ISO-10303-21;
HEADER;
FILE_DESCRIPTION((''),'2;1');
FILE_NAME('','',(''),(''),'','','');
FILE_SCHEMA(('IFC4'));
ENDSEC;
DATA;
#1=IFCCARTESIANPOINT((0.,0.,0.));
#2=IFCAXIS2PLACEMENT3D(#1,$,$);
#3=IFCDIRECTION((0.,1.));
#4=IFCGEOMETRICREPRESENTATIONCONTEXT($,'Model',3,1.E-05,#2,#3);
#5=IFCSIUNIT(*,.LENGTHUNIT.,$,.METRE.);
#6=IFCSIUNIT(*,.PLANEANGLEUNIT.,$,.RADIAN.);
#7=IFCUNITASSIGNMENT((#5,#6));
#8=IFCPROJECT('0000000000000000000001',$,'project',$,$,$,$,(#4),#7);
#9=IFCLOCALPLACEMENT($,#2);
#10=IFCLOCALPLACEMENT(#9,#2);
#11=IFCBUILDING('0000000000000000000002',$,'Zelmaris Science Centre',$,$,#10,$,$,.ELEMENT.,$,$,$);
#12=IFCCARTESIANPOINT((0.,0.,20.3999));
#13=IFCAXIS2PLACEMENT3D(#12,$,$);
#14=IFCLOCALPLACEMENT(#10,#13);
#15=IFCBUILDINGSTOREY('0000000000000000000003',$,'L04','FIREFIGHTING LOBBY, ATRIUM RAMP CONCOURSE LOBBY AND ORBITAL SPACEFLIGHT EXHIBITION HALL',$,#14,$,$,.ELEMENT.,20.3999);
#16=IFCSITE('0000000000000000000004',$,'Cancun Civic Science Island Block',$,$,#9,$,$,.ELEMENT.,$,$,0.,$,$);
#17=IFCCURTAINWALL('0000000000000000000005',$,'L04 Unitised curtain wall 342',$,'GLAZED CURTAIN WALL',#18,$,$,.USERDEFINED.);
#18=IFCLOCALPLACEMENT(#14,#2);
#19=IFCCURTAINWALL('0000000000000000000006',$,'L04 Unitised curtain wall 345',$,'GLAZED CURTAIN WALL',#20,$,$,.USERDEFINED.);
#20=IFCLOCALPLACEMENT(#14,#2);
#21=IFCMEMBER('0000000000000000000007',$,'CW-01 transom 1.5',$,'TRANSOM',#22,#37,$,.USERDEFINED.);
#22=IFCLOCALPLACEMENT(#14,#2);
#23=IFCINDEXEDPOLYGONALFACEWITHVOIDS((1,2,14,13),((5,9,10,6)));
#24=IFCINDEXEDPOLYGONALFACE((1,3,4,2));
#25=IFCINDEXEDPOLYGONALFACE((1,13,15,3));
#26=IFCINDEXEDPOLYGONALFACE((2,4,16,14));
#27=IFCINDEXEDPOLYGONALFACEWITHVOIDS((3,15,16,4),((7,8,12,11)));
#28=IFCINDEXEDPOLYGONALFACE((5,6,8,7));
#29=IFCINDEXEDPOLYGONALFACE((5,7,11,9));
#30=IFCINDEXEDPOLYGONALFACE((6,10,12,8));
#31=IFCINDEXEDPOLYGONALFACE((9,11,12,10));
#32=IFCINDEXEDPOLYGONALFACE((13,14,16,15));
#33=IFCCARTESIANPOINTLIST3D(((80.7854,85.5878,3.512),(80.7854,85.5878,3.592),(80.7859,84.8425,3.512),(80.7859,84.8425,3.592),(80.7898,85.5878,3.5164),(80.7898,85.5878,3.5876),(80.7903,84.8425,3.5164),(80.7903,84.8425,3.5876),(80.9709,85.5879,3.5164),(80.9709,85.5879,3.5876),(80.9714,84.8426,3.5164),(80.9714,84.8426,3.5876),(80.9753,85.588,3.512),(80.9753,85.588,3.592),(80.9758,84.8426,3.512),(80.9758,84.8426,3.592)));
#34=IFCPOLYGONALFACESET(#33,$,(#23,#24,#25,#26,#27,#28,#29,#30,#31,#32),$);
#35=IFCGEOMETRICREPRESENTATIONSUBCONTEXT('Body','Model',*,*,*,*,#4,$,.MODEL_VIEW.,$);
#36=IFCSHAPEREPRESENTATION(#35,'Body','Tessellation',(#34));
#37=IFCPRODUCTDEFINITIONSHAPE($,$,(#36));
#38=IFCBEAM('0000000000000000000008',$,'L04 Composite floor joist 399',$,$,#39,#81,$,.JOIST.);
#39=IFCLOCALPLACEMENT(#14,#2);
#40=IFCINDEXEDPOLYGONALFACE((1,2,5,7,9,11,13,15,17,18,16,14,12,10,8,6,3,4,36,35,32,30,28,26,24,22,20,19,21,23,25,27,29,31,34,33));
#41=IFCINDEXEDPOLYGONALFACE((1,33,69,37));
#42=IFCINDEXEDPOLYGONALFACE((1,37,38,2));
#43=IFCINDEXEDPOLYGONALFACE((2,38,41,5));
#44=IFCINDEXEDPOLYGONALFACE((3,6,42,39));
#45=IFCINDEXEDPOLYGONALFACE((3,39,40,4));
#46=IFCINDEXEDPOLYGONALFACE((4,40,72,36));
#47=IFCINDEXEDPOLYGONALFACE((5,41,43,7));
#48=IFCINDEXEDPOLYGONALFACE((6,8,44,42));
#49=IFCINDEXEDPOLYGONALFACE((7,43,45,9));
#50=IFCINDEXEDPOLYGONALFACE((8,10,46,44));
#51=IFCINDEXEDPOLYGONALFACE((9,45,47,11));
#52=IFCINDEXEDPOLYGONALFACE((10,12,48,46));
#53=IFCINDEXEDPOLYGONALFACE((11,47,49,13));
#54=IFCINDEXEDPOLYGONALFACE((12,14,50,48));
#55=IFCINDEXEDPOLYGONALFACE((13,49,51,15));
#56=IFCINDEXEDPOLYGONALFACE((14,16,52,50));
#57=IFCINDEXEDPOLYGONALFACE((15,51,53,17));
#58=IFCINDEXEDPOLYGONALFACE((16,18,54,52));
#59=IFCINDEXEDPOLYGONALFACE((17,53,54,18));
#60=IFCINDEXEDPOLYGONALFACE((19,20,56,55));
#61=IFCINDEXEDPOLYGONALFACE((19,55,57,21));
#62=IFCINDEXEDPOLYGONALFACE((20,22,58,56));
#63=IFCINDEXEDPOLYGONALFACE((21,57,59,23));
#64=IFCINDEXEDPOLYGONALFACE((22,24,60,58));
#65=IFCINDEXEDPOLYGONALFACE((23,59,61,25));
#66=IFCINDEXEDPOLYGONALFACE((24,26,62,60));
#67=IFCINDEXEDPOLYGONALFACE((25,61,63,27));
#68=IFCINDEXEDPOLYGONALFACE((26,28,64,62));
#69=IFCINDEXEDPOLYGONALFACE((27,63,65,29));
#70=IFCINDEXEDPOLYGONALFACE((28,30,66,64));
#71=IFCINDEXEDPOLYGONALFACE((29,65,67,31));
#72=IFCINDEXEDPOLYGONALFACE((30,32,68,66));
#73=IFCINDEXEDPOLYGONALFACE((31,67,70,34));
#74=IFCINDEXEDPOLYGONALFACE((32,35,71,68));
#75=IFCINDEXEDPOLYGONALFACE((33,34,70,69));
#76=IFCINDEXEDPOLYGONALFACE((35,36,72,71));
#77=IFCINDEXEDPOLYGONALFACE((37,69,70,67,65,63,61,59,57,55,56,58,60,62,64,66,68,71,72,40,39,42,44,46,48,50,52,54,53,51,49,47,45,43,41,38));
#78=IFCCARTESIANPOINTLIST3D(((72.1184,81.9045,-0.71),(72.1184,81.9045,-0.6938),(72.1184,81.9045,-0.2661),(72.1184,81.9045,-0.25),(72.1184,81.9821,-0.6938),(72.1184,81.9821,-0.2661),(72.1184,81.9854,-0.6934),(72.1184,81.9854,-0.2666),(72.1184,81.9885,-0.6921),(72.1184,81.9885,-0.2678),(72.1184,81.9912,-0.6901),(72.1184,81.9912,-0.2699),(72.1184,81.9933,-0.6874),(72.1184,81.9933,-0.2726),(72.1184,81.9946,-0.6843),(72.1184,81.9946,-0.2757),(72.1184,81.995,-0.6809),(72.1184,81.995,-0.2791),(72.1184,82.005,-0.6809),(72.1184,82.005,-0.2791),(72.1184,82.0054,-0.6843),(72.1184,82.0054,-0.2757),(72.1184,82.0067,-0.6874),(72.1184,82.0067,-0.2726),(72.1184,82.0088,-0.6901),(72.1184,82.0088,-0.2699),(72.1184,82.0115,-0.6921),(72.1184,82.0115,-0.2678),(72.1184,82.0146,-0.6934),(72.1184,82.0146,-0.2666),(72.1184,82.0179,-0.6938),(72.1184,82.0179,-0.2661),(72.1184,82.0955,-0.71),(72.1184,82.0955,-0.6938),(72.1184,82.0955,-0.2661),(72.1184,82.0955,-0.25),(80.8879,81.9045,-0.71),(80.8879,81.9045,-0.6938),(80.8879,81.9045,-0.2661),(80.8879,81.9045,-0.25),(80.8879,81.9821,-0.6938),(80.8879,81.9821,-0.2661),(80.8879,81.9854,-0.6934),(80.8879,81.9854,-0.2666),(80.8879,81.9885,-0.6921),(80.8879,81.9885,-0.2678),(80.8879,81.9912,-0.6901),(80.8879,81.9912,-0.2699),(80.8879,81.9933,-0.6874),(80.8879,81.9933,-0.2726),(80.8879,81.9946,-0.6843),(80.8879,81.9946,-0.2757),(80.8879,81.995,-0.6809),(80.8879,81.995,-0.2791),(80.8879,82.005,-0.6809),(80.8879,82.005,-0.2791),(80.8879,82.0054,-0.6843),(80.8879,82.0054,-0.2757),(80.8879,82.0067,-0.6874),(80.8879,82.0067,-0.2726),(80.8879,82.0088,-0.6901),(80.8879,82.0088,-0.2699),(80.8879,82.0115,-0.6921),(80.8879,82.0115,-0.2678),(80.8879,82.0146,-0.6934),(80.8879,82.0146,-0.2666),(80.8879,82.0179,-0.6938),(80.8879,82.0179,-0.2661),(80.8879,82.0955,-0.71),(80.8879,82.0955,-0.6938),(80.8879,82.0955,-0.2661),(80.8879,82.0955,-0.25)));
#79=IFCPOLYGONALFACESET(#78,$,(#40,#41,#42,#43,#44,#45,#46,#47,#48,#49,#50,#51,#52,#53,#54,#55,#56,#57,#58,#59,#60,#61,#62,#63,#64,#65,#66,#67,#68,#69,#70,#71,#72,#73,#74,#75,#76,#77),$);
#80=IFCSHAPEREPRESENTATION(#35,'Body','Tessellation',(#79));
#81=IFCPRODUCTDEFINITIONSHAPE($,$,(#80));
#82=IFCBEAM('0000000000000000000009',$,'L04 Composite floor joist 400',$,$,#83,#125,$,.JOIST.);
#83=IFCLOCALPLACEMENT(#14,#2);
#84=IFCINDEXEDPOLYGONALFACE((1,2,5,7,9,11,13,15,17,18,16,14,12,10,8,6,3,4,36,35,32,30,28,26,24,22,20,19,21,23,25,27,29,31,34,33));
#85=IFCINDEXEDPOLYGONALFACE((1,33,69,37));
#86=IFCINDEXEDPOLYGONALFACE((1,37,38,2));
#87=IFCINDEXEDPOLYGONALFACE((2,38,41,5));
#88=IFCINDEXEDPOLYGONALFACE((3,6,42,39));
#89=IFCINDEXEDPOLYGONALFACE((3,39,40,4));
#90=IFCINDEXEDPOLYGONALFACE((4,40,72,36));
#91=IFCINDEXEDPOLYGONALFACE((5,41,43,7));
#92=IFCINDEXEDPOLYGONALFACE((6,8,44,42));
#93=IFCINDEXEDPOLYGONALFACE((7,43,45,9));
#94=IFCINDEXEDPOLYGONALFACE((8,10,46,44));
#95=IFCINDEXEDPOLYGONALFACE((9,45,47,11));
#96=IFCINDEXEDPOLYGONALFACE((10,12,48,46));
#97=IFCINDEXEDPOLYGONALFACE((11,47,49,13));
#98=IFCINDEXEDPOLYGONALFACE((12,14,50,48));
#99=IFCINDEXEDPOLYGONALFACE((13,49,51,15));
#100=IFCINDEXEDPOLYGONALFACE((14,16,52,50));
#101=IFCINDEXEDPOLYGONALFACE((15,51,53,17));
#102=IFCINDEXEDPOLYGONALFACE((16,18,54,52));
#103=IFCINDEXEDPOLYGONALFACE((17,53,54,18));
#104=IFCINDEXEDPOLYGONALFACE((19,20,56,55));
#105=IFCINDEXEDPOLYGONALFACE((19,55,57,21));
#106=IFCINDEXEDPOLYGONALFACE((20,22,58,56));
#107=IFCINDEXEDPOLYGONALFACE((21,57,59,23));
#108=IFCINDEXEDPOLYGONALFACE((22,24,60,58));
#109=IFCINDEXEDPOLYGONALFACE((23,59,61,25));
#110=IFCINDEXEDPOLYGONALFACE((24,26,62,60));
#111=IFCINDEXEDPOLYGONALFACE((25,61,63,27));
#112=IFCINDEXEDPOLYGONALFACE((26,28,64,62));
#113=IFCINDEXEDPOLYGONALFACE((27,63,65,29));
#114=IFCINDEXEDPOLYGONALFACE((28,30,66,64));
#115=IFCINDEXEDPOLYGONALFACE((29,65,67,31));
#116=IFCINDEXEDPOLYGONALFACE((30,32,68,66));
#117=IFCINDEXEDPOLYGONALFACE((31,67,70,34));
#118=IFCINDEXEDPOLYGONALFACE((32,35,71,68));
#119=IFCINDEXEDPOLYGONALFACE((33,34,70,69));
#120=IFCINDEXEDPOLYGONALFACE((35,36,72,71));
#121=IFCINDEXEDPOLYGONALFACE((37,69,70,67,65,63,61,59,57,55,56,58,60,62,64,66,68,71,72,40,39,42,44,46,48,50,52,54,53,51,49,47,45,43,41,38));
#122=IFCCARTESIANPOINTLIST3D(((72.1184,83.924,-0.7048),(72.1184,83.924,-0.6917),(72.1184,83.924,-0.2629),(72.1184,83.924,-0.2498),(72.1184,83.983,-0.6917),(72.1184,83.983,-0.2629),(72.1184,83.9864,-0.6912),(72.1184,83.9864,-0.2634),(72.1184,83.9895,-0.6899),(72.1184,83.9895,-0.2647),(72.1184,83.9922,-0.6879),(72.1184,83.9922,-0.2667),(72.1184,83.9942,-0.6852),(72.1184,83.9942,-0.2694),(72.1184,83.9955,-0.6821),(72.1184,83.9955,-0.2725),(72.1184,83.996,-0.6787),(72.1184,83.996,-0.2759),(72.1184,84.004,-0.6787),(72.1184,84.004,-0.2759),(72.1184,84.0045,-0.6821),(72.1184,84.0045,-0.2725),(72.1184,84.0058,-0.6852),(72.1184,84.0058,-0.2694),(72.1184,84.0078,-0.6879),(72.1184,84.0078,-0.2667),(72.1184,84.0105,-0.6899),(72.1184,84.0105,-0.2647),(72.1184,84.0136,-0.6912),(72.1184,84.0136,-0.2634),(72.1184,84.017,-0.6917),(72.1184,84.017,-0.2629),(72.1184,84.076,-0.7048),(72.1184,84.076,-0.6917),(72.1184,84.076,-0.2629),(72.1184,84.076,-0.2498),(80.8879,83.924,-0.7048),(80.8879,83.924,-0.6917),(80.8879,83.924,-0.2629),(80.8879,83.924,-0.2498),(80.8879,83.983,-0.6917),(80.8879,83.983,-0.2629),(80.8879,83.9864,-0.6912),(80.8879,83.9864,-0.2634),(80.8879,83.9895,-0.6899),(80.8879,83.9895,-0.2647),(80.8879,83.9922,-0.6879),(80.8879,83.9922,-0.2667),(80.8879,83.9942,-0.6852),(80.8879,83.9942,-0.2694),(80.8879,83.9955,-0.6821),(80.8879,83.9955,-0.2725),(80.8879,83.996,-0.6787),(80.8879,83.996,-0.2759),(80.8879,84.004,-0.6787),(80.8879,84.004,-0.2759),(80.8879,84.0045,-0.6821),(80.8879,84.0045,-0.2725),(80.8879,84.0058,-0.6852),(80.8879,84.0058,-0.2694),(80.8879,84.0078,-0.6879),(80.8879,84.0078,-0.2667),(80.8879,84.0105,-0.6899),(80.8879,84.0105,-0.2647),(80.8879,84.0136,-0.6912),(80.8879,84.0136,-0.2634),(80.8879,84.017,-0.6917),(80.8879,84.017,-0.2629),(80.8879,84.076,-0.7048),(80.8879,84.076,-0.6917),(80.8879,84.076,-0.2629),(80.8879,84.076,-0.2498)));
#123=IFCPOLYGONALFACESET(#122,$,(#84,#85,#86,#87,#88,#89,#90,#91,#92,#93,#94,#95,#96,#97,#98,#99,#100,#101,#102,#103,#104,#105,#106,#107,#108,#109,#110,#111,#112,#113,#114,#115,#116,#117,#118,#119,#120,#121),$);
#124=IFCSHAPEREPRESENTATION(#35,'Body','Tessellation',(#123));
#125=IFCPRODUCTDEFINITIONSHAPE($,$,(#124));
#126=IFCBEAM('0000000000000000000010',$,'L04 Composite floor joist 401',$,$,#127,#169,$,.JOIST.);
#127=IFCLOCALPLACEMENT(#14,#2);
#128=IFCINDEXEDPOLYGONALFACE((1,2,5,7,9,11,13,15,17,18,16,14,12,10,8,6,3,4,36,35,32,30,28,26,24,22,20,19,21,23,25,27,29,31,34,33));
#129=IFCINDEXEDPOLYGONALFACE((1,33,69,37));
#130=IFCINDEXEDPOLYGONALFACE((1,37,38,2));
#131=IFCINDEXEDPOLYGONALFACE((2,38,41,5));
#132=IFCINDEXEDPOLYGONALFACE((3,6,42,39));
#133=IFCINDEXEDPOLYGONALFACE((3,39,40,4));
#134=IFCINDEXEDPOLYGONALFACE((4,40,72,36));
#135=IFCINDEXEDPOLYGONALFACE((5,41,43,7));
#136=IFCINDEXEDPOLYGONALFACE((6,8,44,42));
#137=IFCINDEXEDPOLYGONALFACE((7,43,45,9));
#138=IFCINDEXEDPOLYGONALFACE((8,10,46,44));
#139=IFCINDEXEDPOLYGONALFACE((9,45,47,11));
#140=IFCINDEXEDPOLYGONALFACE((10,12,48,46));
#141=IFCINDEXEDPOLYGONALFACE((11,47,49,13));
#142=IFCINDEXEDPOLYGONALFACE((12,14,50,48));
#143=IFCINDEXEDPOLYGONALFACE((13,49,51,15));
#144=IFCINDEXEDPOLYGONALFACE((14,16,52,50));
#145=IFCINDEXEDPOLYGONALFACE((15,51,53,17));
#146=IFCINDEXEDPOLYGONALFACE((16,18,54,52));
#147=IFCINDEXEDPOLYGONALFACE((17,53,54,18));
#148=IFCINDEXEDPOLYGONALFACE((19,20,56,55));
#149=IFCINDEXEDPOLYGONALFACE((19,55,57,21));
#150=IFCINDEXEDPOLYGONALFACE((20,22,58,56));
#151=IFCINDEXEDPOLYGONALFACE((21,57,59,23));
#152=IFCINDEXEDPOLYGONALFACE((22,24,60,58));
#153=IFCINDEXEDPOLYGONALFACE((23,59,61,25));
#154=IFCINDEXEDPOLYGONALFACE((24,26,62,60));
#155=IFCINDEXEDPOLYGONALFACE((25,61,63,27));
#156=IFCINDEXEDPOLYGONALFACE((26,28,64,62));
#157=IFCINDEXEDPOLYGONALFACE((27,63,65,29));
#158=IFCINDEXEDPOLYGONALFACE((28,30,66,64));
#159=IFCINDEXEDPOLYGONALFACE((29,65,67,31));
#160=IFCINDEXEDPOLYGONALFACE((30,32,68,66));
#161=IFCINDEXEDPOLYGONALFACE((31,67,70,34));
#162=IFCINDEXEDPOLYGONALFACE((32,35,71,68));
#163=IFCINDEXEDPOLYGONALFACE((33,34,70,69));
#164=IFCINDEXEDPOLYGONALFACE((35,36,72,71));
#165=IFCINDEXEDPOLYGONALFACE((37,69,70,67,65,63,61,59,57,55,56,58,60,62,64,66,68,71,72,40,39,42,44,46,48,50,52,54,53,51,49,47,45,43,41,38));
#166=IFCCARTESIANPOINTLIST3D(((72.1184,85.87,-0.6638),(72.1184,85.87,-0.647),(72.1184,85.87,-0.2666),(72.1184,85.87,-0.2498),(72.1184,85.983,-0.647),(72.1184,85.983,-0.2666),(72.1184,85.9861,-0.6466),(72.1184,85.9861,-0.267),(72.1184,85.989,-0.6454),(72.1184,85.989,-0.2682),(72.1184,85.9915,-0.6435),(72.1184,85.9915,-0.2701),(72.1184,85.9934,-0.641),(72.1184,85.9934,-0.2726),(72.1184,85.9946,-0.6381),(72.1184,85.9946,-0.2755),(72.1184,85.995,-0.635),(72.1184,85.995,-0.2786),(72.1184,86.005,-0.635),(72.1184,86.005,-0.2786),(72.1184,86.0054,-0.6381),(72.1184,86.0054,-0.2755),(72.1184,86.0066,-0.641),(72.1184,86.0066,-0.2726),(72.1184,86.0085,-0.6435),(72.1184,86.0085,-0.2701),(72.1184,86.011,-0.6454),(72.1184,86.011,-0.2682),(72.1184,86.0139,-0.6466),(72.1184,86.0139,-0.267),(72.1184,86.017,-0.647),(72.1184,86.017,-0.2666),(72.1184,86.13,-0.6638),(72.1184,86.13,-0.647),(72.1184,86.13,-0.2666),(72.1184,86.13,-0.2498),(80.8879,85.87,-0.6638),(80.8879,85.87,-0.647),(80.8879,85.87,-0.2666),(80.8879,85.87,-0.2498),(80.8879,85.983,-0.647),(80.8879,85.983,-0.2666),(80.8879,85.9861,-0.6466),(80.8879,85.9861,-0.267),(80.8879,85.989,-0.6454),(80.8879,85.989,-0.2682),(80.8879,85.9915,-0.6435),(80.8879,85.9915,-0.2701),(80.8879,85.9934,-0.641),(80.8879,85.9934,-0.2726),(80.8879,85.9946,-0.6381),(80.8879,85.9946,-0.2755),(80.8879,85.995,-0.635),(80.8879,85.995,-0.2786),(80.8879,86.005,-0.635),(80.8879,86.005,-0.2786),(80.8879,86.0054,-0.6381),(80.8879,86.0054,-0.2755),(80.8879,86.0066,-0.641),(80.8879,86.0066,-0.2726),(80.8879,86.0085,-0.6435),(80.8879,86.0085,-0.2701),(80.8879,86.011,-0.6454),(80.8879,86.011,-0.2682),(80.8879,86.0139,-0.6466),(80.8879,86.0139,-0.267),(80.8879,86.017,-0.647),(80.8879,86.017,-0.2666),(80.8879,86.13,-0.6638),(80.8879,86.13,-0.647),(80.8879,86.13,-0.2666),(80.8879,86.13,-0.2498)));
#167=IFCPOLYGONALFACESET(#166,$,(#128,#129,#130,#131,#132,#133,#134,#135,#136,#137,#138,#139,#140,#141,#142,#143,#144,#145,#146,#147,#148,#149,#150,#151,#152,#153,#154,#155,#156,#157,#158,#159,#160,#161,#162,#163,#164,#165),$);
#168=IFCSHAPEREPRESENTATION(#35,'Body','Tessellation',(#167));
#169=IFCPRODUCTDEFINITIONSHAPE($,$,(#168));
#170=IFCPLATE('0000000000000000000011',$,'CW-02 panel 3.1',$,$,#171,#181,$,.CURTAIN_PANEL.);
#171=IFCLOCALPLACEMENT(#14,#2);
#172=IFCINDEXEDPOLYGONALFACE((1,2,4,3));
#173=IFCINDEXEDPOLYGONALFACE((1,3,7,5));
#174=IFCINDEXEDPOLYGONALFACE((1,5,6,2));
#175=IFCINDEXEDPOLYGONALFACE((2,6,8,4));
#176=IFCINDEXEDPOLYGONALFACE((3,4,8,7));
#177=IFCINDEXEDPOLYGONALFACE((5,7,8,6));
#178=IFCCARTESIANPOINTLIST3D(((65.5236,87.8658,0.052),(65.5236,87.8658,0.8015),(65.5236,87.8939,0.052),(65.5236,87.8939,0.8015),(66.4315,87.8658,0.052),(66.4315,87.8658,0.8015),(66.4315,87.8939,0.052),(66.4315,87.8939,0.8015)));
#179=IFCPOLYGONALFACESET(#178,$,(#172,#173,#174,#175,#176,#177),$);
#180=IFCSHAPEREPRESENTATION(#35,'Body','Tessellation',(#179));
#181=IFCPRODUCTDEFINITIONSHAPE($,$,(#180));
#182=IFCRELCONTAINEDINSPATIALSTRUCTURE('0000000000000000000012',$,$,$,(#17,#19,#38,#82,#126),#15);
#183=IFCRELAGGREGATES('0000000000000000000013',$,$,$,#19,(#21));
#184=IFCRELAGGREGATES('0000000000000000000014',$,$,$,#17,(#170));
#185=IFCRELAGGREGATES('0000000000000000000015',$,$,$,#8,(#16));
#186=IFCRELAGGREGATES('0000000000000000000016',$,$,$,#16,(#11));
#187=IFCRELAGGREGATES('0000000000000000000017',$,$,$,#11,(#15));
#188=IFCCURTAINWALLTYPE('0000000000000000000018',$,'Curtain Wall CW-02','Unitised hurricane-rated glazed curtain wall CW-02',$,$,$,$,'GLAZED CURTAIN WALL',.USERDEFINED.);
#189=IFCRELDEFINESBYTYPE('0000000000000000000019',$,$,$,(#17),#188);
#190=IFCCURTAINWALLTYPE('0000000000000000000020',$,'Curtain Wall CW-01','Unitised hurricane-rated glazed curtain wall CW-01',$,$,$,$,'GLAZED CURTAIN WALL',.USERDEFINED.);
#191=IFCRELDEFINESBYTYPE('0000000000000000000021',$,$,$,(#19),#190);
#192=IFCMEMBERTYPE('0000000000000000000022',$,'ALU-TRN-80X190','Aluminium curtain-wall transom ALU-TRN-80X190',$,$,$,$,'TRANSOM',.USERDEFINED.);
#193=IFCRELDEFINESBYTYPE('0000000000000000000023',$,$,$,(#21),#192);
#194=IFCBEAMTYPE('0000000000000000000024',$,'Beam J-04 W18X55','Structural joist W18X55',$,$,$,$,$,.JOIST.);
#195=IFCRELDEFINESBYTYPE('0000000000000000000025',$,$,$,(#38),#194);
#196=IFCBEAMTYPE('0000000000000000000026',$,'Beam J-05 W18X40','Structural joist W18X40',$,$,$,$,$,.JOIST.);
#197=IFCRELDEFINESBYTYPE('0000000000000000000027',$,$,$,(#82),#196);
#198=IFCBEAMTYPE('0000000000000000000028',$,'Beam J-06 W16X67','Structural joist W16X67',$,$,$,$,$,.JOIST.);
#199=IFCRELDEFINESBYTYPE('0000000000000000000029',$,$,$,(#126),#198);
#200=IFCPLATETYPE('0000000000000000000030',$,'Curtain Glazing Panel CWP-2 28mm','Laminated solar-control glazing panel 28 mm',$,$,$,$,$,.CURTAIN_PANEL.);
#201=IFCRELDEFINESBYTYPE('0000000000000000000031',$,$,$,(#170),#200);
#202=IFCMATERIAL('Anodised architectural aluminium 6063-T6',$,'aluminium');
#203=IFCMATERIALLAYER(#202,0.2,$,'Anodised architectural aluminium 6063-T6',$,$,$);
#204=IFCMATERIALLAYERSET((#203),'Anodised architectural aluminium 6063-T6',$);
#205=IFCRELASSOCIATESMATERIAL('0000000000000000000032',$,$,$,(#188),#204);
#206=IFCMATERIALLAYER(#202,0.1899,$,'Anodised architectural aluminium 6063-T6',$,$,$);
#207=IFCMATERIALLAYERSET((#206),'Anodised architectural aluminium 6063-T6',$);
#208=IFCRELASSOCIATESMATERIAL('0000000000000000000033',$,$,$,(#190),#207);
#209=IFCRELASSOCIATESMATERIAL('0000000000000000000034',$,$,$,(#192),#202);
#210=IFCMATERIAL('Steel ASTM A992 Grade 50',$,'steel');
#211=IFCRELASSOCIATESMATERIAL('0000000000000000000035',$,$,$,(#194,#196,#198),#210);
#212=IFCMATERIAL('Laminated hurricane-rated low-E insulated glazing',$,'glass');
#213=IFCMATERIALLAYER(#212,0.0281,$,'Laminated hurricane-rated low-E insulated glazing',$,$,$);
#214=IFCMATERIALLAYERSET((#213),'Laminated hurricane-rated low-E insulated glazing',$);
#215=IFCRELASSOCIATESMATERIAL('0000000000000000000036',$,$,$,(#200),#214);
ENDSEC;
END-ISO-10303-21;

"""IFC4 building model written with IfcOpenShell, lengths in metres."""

from ifc_helpers import new_model, si_unit, direction, frame, origin, origin_2d, place, context, subcontext, project, spatial, rectangle, hollow_rectangle, i_section, extrude, material, layer, layer_set, material_profile, profile_set, type_object, element, aggregate, save


model = new_model("IFC4")

# Units and contexts
model_context = context("Model", 3, precision=1e-05, world=origin(), true_north=direction((0.0, 1.0)))
body_context = subcontext(model_context, "Body", "Model", "MODEL_VIEW")
ifc_project = project(units=[si_unit("LENGTHUNIT", "METRE"), si_unit("PLANEANGLEUNIT", "RADIAN")], contexts=[model_context])

# Site, building, storey
site_placement = place(None, origin())
site = spatial("IfcSite", under=ifc_project, at=site_placement, Name="Cancun Civic Science Island Block", CompositionType="ELEMENT", RefElevation=0.0)
building_placement = place(site_placement, origin())
building = spatial("IfcBuilding", under=site, at=building_placement, Name="Zelmaris Science Centre", CompositionType="ELEMENT")
storey_placement = place(building_placement, frame((0.0, 0.0, 20.3999)))
storey = spatial("IfcBuildingStorey", under=building, at=storey_placement, Name="L04", Description="FIREFIGHTING LOBBY, ATRIUM RAMP CONCOURSE LOBBY AND ORBITAL SPACEFLIGHT EXHIBITION HALL", CompositionType="ELEMENT", Elevation=20.3999)

# Curtain walls, member
ifc_material_1 = material(Name="Anodised architectural aluminium 6063-T6", Category="aluminium")
ifc_layer_1 = layer(ifc_material_1, 0.2, Name="Anodised architectural aluminium 6063-T6")
ifc_layer_set_1 = layer_set([ifc_layer_1], Name="Anodised architectural aluminium 6063-T6")
curtain_wall_type_1 = type_object("IfcCurtainWallType", Name="Curtain Wall CW-02", Description="Unitised hurricane-rated glazed curtain wall CW-02", ElementType="GLAZED CURTAIN WALL", PredefinedType="USERDEFINED", material=ifc_layer_set_1)
curtain_wall_1_placement = place(storey_placement, origin())
curtain_wall_1 = element("IfcCurtainWall", 1, at=curtain_wall_1_placement, inside=storey, type_object=curtain_wall_type_1, Name="L04 Unitised curtain wall 342", ObjectType="GLAZED CURTAIN WALL", PredefinedType="USERDEFINED")
ifc_layer_2 = layer(ifc_material_1, 0.1899, Name="Anodised architectural aluminium 6063-T6")
ifc_layer_set_2 = layer_set([ifc_layer_2], Name="Anodised architectural aluminium 6063-T6")
curtain_wall_type_2 = type_object("IfcCurtainWallType", Name="Curtain Wall CW-01", Description="Unitised hurricane-rated glazed curtain wall CW-01", ElementType="GLAZED CURTAIN WALL", PredefinedType="USERDEFINED", material=ifc_layer_set_2)
curtain_wall_2_placement = place(storey_placement, origin())
curtain_wall_2 = element("IfcCurtainWall", 2, at=curtain_wall_2_placement, inside=storey, type_object=curtain_wall_type_2, Name="L04 Unitised curtain wall 345", ObjectType="GLAZED CURTAIN WALL", PredefinedType="USERDEFINED")
ifc_material_profile_1 = material_profile(ifc_material_1, hollow_rectangle(XDim=0.0801, YDim=0.1899, WallThickness=0.0044, at=origin_2d()), Name="ALU-TRN-80X190")
ifc_profile_set_1 = profile_set([ifc_material_profile_1], Name="Anodised architectural aluminium 6063-T6")
member_type_1 = type_object("IfcMemberType", Name="ALU-TRN-80X190", Description="Aluminium curtain-wall transom ALU-TRN-80X190", ElementType="TRANSOM", PredefinedType="USERDEFINED", material=ifc_profile_set_1)
member_1_placement = place(storey_placement, frame((80.8804, 85.5879, 3.552), z_axis=(0.000655, -1.0, 0.0), x_axis=(0.0, 0.0, 1.0)))
member_1 = element("IfcMember", 3, at=member_1_placement, type_object=member_type_1, Name="CW-01 transom 1.5", ObjectType="TRANSOM", PredefinedType="USERDEFINED", context=body_context, shape_type="SweptSolid", body=[
    extrude(hollow_rectangle(XDim=0.0801, YDim=0.1899, WallThickness=0.0044, at=origin_2d()), origin(), (0.0, 0.0, 1.0), 0.7454),
])
aggregate(curtain_wall_2, [member_1])

# Beams
ifc_material_2 = material(Name="Steel ASTM A992 Grade 50", Category="steel")
ifc_material_profile_2 = material_profile(ifc_material_2, i_section(OverallWidth=0.1909, OverallDepth=0.46, WebThickness=0.01, FlangeThickness=0.0161, FilletRadius=0.0129, at=origin_2d()), Name="W18X55")
ifc_profile_set_2 = profile_set([ifc_material_profile_2], Name="Steel ASTM A992 Grade 50")
beam_type_1 = type_object("IfcBeamType", Name="Beam J-04 W18X55", Description="Structural joist W18X55", PredefinedType="JOIST", material=ifc_profile_set_2)
beam_1_placement = place(storey_placement, frame((72.1184, 82.0, -0.48), z_axis=(1.0, 0.0, 0.0), x_axis=(0.0, 1.0, 0.0)))
element("IfcBeam", 4, at=beam_1_placement, inside=storey, type_object=beam_type_1, Name="L04 Composite floor joist 399", PredefinedType="JOIST", context=body_context, shape_type="SweptSolid", body=[
    extrude(i_section(OverallWidth=0.1909, OverallDepth=0.46, WebThickness=0.01, FlangeThickness=0.0161, FilletRadius=0.0129, at=origin_2d()), origin(), (0.0, 0.0, 1.0), 8.7695),
])
ifc_material_profile_3 = material_profile(ifc_material_2, i_section(OverallWidth=0.1521, OverallDepth=0.4551, WebThickness=0.0081, FlangeThickness=0.0132, FilletRadius=0.0129, at=origin_2d()), Name="W18X40")
ifc_profile_set_3 = profile_set([ifc_material_profile_3], Name="Steel ASTM A992 Grade 50")
beam_type_2 = type_object("IfcBeamType", Name="Beam J-05 W18X40", Description="Structural joist W18X40", PredefinedType="JOIST", material=ifc_profile_set_3)
beam_2_placement = place(storey_placement, frame((72.1184, 84.0, -0.4773), z_axis=(1.0, 0.0, 0.0), x_axis=(0.0, 1.0, 0.0)))
element("IfcBeam", 5, at=beam_2_placement, inside=storey, type_object=beam_type_2, Name="L04 Composite floor joist 400", PredefinedType="JOIST", context=body_context, shape_type="SweptSolid", body=[
    extrude(i_section(OverallWidth=0.1521, OverallDepth=0.4551, WebThickness=0.0081, FlangeThickness=0.0132, FilletRadius=0.0129, at=origin_2d()), origin(), (0.0, 0.0, 1.0), 8.7695),
])
ifc_material_profile_4 = material_profile(ifc_material_2, i_section(OverallWidth=0.26, OverallDepth=0.4141, WebThickness=0.01, FlangeThickness=0.0168, FilletRadius=0.012, at=origin_2d()), Name="W16X67")
ifc_profile_set_4 = profile_set([ifc_material_profile_4], Name="Steel ASTM A992 Grade 50")
beam_type_3 = type_object("IfcBeamType", Name="Beam J-06 W16X67", Description="Structural joist W16X67", PredefinedType="JOIST", material=ifc_profile_set_4)
beam_3_placement = place(storey_placement, frame((72.1184, 86.0, -0.4568), z_axis=(1.0, 0.0, 0.0), x_axis=(0.0, 1.0, 0.0)))
element("IfcBeam", 6, at=beam_3_placement, inside=storey, type_object=beam_type_3, Name="L04 Composite floor joist 401", PredefinedType="JOIST", context=body_context, shape_type="SweptSolid", body=[
    extrude(i_section(OverallWidth=0.26, OverallDepth=0.4141, WebThickness=0.01, FlangeThickness=0.0168, FilletRadius=0.012, at=origin_2d()), origin(), (0.0, 0.0, 1.0), 8.7695),
])

# Plate
ifc_material_3 = material(Name="Laminated hurricane-rated low-E insulated glazing", Category="glass")
ifc_layer_3 = layer(ifc_material_3, 0.0281, Name="Laminated hurricane-rated low-E insulated glazing")
ifc_layer_set_3 = layer_set([ifc_layer_3], Name="Laminated hurricane-rated low-E insulated glazing")
plate_type = type_object("IfcPlateType", Name="Curtain Glazing Panel CWP-2 28mm", Description="Laminated solar-control glazing panel 28 mm", PredefinedType="CURTAIN_PANEL", material=ifc_layer_set_3)
plate_1_placement = place(storey_placement, frame((65.9775, 87.8799, 0.052), z_axis=(0.0, 0.0, 1.0), x_axis=(1.0, 0.0, 0.0)))
plate_1 = element("IfcPlate", 7, at=plate_1_placement, type_object=plate_type, Name="CW-02 panel 3.1", PredefinedType="CURTAIN_PANEL", context=body_context, shape_type="SweptSolid", body=[
    extrude(rectangle(XDim=0.908, YDim=0.0281, at=origin_2d()), origin(), (0.0, 0.0, 1.0), 0.7495),
])
aggregate(curtain_wall_1, [plate_1])

save(model, "model.ifc")
